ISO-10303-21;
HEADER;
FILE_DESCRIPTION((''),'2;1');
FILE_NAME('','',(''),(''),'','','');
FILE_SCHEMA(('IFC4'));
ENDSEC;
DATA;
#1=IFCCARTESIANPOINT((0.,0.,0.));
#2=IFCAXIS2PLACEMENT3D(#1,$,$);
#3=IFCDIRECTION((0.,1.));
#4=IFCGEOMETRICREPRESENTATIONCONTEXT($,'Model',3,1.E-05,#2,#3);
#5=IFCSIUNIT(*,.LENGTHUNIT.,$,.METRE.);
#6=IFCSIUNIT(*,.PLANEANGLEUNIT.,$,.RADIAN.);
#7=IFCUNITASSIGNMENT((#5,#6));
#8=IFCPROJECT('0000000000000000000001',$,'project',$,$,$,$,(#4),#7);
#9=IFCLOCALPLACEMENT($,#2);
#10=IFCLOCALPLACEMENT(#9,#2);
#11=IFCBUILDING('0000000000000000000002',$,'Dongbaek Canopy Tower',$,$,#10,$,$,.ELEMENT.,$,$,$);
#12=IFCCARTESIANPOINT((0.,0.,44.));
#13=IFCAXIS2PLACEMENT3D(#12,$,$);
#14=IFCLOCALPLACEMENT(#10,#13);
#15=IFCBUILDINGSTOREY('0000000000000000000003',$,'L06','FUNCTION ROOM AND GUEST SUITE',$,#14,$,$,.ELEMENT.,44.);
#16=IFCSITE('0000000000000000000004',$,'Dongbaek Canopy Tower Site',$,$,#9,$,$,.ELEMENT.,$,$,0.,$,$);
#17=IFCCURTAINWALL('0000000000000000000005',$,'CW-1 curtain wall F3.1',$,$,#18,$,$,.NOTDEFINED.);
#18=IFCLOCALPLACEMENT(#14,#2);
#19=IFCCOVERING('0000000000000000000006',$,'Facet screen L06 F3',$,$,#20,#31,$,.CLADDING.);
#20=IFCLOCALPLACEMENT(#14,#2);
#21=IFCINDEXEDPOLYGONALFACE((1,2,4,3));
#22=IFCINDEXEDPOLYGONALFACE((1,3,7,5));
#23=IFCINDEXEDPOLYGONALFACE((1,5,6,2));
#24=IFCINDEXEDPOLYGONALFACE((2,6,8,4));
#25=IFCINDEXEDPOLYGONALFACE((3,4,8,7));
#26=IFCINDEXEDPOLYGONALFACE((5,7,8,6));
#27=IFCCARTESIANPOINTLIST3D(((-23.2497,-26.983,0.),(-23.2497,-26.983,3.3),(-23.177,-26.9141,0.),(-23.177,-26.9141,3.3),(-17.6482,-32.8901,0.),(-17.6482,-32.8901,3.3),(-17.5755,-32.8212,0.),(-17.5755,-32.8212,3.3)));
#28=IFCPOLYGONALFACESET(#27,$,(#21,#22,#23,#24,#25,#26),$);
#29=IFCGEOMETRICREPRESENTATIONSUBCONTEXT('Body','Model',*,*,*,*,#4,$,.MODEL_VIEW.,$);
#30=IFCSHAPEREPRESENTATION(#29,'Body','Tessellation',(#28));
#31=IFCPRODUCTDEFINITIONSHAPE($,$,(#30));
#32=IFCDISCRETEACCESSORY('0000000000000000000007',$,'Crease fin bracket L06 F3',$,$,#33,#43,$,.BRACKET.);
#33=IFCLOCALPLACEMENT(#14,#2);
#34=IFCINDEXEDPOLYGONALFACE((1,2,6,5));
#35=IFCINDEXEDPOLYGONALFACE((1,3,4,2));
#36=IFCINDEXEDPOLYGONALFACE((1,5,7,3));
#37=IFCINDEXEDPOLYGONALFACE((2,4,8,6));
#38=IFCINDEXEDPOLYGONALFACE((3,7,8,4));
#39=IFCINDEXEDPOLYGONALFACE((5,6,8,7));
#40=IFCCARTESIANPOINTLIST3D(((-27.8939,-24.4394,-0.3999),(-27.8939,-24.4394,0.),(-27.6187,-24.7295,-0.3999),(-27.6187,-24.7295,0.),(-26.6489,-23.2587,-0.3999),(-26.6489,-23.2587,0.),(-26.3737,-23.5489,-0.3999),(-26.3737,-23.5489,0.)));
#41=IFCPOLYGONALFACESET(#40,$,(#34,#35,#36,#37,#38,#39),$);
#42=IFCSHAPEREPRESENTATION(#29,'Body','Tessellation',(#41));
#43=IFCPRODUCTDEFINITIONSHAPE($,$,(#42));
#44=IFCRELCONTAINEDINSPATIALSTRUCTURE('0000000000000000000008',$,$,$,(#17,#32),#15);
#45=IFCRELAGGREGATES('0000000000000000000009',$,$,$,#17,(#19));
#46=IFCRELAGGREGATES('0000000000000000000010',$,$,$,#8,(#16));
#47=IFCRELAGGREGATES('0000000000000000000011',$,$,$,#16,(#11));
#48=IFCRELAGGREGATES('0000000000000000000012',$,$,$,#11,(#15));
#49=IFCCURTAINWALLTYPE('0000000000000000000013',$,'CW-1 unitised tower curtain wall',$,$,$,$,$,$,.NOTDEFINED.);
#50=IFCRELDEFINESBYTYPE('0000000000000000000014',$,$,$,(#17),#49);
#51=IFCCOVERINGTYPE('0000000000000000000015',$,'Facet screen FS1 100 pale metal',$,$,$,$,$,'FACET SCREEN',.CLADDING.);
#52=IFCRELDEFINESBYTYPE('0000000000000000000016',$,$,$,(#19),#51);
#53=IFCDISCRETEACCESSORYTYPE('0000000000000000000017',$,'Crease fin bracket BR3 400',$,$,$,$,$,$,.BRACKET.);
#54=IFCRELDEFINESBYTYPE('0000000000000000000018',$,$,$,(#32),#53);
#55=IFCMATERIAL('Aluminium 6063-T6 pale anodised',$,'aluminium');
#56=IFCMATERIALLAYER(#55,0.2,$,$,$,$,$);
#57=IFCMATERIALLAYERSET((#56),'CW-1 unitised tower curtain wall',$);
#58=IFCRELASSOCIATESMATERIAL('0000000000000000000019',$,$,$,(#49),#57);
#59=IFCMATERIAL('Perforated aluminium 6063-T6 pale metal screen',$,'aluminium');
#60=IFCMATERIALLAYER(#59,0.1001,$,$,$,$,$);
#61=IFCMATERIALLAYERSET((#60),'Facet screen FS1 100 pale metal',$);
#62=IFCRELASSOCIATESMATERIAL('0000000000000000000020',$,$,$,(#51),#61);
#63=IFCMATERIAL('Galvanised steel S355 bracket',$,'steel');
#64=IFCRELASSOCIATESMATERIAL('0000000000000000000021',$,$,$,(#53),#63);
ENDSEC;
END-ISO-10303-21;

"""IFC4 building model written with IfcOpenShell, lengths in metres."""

from ifc_helpers import new_model, si_unit, direction, frame, origin, origin_2d, place, context, subcontext, project, spatial, rectangle, extrude, material, layer, layer_set, type_object, element, aggregate, save


model = new_model("IFC4")

# Units and contexts
model_context = context("Model", 3, precision=1e-05, world=origin(), true_north=direction((0.0, 1.0)))
body_context = subcontext(model_context, "Body", "Model", "MODEL_VIEW")
ifc_project = project(units=[si_unit("LENGTHUNIT", "METRE"), si_unit("PLANEANGLEUNIT", "RADIAN")], contexts=[model_context])

# Site, building, storey
site_placement = place(None, origin())
site = spatial("IfcSite", under=ifc_project, at=site_placement, Name="Dongbaek Canopy Tower Site", CompositionType="ELEMENT", RefElevation=0.0)
building_placement = place(site_placement, origin())
building = spatial("IfcBuilding", under=site, at=building_placement, Name="Dongbaek Canopy Tower", CompositionType="ELEMENT")
storey_placement = place(building_placement, frame((0.0, 0.0, 44.0)))
storey = spatial("IfcBuildingStorey", under=building, at=storey_placement, Name="L06", Description="FUNCTION ROOM AND GUEST SUITE", CompositionType="ELEMENT", Elevation=44.0)

# Curtain wall
ifc_material_1 = material(Name="Aluminium 6063-T6 pale anodised", Category="aluminium")
ifc_layer_1 = layer(ifc_material_1, 0.2)
ifc_layer_set_1 = layer_set([ifc_layer_1], Name="CW-1 unitised tower curtain wall")
curtain_wall_type = type_object("IfcCurtainWallType", Name="CW-1 unitised tower curtain wall", PredefinedType="NOTDEFINED", material=ifc_layer_set_1)
curtain_wall_placement = place(storey_placement, origin())
curtain_wall = element("IfcCurtainWall", 1, at=curtain_wall_placement, inside=storey, type_object=curtain_wall_type, Name="CW-1 curtain wall F3.1", PredefinedType="NOTDEFINED")

# Covering
ifc_material_2 = material(Name="Perforated aluminium 6063-T6 pale metal screen", Category="aluminium")
ifc_layer_2 = layer(ifc_material_2, 0.1001)
ifc_layer_set_2 = layer_set([ifc_layer_2], Name="Facet screen FS1 100 pale metal")
covering_type = type_object("IfcCoveringType", Name="Facet screen FS1 100 pale metal", ElementType="FACET SCREEN", PredefinedType="CLADDING", material=ifc_layer_set_2)
covering_placement = place(storey_placement, frame((-20.4126, -29.9021, 0.0), z_axis=(0.0, 0.0, 1.0), x_axis=(0.688089, -0.725627, 0.0)))
covering = element("IfcCovering", 2, at=covering_placement, type_object=covering_type, Name="Facet screen L06 F3", PredefinedType="CLADDING", context=body_context, shape_type="SweptSolid", body=[
    extrude(rectangle(XDim=8.1406, YDim=0.1001, at=origin_2d()), origin(), (0.0, 0.0, 1.0), 3.3),
])
aggregate(curtain_wall, [covering])

# Discrete accessory
ifc_material_3 = material(Name="Galvanised steel S355 bracket", Category="steel")
discrete_accessory_type = type_object("IfcDiscreteAccessoryType", Name="Crease fin bracket BR3 400", PredefinedType="BRACKET", material=ifc_material_3)
discrete_accessory_placement = place(storey_placement, frame((-27.1338, -23.9941, -0.3999), z_axis=(0.0, 0.0, 1.0), x_axis=(-0.725627, -0.688089, 0.0)))
element("IfcDiscreteAccessory", 3, at=discrete_accessory_placement, inside=storey, type_object=discrete_accessory_type, Name="Crease fin bracket L06 F3", PredefinedType="BRACKET", context=body_context, shape_type="SweptSolid", body=[
    extrude(rectangle(XDim=1.7158, YDim=0.3999, at=origin_2d()), origin(), (0.0, 0.0, 1.0), 0.3999),
])

save(model, "model.ifc")
